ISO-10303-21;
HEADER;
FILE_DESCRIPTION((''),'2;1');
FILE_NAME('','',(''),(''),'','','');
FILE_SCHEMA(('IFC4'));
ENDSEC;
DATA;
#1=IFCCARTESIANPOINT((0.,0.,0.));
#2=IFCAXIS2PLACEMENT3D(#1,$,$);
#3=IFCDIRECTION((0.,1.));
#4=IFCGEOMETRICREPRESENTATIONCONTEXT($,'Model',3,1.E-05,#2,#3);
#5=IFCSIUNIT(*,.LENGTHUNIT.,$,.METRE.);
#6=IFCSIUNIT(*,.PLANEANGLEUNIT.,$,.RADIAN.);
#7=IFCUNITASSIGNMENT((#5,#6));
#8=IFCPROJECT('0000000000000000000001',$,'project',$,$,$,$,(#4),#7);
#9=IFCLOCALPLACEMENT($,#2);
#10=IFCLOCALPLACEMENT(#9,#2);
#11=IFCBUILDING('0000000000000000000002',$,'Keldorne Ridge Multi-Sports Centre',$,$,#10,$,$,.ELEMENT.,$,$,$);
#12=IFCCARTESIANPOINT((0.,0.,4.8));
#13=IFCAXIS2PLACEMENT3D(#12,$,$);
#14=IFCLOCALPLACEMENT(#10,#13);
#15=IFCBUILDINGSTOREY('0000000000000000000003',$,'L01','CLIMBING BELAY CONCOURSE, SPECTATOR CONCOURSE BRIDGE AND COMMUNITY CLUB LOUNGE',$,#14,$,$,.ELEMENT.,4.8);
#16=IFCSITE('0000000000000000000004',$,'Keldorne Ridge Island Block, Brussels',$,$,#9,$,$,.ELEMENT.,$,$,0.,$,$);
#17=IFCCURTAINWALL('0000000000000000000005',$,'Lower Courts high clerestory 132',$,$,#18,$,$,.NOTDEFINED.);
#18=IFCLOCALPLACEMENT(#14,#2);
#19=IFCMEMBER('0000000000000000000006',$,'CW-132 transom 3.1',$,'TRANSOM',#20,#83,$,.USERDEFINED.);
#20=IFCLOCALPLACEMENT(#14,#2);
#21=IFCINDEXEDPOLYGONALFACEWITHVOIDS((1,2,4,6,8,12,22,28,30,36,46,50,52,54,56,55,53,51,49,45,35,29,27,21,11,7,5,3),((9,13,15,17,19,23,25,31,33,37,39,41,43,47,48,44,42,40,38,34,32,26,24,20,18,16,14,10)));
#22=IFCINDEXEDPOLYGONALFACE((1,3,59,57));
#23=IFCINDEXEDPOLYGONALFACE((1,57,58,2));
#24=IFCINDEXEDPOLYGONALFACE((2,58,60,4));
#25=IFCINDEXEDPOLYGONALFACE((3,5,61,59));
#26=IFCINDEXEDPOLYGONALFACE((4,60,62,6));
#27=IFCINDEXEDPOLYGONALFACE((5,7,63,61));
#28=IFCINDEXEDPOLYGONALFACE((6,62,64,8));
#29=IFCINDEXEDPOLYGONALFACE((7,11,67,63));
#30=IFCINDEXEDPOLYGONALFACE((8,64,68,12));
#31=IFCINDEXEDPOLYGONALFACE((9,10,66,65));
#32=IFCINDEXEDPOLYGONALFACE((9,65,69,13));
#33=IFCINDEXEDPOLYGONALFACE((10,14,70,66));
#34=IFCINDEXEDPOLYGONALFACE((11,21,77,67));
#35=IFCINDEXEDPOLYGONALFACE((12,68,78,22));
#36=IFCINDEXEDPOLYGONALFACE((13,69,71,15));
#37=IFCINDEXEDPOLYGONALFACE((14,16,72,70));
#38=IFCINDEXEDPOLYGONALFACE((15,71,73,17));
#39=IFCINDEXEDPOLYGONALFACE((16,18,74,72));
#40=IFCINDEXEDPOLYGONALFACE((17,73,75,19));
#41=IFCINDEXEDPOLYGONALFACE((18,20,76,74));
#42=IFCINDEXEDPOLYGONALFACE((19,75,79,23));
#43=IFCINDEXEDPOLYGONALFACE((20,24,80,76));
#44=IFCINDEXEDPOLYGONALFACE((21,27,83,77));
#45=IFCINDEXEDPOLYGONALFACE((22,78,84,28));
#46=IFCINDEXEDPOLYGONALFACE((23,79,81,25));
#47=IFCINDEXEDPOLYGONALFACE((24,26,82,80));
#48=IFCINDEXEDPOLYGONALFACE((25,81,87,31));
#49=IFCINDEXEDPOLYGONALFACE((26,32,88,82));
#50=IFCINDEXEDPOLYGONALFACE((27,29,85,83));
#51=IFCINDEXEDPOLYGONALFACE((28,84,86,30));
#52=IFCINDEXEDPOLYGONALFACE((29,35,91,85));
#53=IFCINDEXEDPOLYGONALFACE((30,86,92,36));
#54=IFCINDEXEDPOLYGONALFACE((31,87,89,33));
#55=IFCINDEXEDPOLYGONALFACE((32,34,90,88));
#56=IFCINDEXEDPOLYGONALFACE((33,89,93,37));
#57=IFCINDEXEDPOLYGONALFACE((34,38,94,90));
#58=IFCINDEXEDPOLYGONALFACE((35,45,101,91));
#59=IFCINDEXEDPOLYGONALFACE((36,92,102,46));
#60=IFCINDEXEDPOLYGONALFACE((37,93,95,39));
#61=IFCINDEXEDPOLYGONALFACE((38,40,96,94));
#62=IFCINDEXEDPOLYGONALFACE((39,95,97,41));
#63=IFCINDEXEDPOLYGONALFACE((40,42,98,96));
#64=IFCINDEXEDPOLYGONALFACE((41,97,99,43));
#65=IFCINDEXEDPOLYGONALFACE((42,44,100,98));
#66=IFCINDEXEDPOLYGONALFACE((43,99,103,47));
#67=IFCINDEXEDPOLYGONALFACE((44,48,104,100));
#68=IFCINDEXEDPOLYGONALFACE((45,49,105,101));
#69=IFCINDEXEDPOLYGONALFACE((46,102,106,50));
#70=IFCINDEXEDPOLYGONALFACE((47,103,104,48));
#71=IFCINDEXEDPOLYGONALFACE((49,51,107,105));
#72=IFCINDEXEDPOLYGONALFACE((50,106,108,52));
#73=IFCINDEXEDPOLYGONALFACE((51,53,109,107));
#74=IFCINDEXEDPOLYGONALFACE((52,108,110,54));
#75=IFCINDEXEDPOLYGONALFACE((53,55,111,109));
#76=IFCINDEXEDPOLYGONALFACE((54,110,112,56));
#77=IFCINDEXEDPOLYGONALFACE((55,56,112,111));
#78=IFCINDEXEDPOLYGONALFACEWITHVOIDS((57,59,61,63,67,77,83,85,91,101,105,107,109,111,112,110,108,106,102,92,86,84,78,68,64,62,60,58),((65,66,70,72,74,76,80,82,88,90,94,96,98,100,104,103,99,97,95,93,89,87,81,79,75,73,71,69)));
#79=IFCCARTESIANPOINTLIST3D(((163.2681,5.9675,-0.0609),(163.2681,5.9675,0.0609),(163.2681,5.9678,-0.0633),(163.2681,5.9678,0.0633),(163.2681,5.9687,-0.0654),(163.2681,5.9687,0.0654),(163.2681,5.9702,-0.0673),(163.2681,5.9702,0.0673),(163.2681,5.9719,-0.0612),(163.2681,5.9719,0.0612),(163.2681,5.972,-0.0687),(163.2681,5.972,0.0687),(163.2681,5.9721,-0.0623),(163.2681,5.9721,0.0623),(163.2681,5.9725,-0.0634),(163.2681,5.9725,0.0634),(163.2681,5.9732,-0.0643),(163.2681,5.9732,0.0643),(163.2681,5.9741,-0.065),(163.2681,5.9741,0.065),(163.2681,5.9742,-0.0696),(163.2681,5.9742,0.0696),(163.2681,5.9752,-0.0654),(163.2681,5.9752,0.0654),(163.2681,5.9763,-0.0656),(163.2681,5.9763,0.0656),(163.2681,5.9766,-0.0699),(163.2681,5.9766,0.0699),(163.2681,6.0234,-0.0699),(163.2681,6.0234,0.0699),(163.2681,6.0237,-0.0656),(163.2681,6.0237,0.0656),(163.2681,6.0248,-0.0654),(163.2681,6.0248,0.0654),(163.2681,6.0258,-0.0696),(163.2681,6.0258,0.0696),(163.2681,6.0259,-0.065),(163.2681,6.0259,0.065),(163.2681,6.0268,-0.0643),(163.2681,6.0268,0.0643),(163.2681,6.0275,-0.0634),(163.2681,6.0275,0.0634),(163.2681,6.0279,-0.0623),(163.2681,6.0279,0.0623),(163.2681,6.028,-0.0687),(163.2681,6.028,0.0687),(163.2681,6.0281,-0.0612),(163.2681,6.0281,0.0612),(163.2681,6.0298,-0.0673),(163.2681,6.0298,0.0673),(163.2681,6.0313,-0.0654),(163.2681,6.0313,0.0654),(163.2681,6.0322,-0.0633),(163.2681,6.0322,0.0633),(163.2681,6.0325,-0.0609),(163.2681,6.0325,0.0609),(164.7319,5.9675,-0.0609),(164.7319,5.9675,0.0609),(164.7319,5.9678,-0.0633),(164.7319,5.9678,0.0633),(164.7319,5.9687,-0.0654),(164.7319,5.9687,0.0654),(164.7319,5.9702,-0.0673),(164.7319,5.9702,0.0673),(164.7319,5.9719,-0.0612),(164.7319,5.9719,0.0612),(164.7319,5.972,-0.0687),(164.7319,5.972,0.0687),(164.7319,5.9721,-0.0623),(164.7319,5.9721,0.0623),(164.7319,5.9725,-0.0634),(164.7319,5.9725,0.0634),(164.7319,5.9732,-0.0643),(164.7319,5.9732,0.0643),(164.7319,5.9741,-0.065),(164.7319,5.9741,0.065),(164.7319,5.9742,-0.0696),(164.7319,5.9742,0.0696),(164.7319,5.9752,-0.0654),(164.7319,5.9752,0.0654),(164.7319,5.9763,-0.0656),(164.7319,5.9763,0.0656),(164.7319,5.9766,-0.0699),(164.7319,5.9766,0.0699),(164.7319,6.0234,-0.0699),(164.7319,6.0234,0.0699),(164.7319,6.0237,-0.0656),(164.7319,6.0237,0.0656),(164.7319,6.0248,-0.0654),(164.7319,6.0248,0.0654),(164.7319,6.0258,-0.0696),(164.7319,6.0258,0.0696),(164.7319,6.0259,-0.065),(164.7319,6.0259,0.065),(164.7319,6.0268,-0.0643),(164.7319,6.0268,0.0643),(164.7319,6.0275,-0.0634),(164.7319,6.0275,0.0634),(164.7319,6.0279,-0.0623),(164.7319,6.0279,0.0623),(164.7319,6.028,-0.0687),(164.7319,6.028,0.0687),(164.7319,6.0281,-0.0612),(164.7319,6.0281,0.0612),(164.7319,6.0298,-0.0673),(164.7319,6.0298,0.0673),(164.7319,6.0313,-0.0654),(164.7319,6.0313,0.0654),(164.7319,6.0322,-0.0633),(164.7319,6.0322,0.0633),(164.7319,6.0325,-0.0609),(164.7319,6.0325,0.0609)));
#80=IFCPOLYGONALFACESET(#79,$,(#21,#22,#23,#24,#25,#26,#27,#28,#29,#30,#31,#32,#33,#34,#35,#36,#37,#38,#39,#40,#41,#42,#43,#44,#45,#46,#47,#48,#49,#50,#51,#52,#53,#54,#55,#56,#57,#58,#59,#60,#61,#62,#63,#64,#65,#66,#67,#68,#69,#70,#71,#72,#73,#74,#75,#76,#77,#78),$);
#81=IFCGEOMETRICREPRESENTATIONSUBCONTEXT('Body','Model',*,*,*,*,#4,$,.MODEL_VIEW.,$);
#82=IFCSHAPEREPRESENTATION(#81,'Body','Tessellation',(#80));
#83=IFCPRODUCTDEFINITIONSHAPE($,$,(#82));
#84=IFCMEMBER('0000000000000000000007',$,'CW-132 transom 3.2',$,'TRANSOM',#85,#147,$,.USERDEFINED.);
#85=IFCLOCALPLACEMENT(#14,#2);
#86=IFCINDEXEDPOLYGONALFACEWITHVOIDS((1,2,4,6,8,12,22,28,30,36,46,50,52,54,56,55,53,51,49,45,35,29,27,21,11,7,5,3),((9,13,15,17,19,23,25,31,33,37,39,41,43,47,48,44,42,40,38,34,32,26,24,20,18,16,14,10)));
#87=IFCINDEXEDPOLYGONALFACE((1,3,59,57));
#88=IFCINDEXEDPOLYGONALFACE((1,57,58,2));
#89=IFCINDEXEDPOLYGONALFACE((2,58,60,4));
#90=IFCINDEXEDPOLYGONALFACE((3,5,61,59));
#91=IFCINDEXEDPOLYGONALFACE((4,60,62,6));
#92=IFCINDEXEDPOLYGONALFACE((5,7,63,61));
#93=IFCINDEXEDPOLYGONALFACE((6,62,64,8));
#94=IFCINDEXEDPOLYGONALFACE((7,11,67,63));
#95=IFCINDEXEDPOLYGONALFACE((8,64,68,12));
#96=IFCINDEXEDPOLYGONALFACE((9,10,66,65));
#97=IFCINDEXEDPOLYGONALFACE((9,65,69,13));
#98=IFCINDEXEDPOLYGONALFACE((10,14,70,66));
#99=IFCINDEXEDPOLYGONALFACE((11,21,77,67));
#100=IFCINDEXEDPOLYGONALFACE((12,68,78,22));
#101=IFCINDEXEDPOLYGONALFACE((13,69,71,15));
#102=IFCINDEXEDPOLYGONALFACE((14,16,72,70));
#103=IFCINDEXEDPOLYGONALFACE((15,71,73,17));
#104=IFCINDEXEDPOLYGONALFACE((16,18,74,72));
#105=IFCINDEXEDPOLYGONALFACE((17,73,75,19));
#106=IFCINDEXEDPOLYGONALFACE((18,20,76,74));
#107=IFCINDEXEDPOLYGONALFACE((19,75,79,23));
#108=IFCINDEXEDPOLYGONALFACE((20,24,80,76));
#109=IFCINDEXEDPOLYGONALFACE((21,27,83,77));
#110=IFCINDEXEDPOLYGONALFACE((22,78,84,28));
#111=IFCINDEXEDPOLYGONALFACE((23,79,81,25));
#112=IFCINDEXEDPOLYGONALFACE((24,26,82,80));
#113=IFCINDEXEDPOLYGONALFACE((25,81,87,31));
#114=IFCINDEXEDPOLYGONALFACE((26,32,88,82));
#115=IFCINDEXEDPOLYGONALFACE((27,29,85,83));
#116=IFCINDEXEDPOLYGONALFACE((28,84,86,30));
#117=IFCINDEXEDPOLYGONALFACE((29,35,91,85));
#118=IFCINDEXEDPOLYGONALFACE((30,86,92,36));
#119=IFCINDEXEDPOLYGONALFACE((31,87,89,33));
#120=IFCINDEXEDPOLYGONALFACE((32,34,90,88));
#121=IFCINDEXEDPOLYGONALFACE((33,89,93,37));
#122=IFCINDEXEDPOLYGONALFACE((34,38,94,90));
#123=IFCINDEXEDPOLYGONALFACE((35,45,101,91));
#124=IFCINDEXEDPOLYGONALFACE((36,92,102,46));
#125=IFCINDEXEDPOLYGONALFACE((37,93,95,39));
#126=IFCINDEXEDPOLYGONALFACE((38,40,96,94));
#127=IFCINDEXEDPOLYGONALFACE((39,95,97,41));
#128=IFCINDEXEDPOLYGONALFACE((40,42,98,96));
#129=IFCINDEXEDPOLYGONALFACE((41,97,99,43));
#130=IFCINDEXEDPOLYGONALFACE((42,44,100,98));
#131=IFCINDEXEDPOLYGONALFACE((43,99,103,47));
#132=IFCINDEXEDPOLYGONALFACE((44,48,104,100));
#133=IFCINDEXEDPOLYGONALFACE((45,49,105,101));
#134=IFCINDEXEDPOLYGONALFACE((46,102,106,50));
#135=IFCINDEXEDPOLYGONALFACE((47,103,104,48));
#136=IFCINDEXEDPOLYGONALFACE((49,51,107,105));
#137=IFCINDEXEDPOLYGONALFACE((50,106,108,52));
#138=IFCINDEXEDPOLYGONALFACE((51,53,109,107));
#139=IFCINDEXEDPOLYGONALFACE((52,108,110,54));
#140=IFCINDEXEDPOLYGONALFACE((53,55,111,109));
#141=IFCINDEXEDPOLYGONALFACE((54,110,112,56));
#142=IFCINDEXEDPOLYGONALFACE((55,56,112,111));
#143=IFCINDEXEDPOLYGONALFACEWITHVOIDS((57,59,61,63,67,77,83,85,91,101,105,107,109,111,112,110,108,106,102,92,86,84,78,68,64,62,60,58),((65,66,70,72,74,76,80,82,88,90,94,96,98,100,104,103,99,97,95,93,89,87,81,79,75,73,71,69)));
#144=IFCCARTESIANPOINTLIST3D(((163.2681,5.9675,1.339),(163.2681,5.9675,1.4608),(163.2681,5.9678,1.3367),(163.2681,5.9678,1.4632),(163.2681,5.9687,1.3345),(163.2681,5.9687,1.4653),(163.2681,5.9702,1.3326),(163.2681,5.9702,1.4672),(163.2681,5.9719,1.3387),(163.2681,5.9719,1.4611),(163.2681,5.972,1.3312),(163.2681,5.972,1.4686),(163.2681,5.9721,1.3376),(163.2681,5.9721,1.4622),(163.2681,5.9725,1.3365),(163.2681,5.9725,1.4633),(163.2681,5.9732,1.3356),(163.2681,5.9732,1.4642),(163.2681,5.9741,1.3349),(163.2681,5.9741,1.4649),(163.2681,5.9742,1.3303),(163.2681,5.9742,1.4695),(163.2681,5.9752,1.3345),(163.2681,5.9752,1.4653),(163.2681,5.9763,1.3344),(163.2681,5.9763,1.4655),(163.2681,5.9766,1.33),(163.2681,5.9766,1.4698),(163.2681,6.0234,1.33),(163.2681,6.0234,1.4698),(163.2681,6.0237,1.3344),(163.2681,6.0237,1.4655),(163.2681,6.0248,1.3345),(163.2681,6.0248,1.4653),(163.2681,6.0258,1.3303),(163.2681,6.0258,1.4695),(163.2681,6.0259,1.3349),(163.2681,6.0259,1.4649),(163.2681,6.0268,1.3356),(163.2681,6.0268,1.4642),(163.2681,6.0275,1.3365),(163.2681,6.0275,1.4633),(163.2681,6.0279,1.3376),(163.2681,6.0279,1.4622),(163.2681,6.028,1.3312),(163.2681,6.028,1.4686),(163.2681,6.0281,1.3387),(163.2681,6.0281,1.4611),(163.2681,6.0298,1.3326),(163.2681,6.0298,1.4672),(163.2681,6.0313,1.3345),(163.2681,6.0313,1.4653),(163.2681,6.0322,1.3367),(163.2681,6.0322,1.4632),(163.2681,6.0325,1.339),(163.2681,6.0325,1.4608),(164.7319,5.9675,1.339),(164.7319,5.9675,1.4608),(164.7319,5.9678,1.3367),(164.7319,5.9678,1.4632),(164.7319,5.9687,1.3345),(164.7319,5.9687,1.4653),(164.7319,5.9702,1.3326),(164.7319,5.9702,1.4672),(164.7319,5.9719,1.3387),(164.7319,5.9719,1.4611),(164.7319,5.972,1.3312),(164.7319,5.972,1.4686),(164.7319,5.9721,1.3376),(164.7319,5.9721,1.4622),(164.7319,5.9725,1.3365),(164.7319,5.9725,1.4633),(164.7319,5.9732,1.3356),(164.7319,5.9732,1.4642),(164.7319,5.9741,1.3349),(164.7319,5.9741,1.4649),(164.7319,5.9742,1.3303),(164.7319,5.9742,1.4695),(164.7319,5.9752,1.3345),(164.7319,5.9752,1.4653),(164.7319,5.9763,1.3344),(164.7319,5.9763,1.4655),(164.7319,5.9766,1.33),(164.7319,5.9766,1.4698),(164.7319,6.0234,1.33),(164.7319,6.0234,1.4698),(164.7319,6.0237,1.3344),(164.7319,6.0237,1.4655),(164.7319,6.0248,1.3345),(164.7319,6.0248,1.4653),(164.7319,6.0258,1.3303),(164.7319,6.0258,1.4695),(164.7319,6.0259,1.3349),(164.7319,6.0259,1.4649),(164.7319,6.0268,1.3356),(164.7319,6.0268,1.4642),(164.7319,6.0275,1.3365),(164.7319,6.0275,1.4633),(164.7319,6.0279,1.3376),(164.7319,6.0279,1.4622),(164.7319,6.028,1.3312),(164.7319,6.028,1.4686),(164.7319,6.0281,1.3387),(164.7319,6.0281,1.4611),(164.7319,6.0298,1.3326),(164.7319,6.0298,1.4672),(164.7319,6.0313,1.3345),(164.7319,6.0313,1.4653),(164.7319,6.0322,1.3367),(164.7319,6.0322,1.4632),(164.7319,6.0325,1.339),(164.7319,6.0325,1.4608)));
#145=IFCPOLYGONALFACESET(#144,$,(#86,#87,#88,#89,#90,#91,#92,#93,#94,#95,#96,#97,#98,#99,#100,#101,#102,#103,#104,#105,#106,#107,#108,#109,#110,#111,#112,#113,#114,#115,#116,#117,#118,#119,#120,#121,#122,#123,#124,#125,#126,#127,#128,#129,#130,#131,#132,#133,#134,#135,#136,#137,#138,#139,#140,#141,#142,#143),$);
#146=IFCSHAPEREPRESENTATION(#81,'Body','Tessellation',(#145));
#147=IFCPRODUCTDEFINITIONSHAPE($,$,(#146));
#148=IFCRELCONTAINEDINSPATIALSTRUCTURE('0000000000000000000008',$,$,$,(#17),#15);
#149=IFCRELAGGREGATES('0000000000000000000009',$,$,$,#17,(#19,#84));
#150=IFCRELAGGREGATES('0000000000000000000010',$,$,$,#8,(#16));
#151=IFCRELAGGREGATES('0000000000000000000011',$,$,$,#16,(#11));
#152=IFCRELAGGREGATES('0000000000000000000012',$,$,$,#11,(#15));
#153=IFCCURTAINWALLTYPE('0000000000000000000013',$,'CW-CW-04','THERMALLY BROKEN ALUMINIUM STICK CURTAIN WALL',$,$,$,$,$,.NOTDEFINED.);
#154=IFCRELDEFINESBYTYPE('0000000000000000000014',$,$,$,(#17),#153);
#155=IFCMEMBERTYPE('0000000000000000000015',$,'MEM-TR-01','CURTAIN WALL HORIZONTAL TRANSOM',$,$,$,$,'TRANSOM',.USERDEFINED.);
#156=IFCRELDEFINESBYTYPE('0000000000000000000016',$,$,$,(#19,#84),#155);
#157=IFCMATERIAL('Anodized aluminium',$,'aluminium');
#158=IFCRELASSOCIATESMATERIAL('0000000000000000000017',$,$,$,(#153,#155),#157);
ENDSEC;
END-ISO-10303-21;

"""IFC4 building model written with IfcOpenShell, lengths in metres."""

from ifc_helpers import new_model, si_unit, direction, frame, origin, origin_2d, place, context, subcontext, project, spatial, hollow_rectangle, extrude, material, material_profile, profile_set, type_object, element, aggregate, save


model = new_model("IFC4")

# Units and contexts
model_context = context("Model", 3, precision=1e-05, world=origin(), true_north=direction((0.0, 1.0)))
body_context = subcontext(model_context, "Body", "Model", "MODEL_VIEW")
ifc_project = project(units=[si_unit("LENGTHUNIT", "METRE"), si_unit("PLANEANGLEUNIT", "RADIAN")], contexts=[model_context])

# Site, building, storey
site_placement = place(None, origin())
site = spatial("IfcSite", under=ifc_project, at=site_placement, Name="Keldorne Ridge Island Block, Brussels", CompositionType="ELEMENT", RefElevation=0.0)
building_placement = place(site_placement, origin())
building = spatial("IfcBuilding", under=site, at=building_placement, Name="Keldorne Ridge Multi-Sports Centre", CompositionType="ELEMENT")
storey_placement = place(building_placement, frame((0.0, 0.0, 4.8)))
storey = spatial("IfcBuildingStorey", under=building, at=storey_placement, Name="L01", Description="CLIMBING BELAY CONCOURSE, SPECTATOR CONCOURSE BRIDGE AND COMMUNITY CLUB LOUNGE", CompositionType="ELEMENT", Elevation=4.8)

# Curtain wall, members
ifc_material_1 = material(Name="Anodized aluminium", Category="aluminium")
curtain_wall_type = type_object("IfcCurtainWallType", Name="CW-CW-04", Description="THERMALLY BROKEN ALUMINIUM STICK CURTAIN WALL", PredefinedType="NOTDEFINED", material=ifc_material_1)
curtain_wall_placement = place(storey_placement, origin())
curtain_wall = element("IfcCurtainWall", 1, at=curtain_wall_placement, inside=storey, type_object=curtain_wall_type, Name="Lower Courts high clerestory 132", PredefinedType="NOTDEFINED")
ifc_material_profile_1 = material_profile(ifc_material_1, hollow_rectangle(XDim=0.0649, YDim=0.1399, WallThickness=0.0044, InnerFilletRadius=0.0044, OuterFilletRadius=0.009, at=origin_2d()), Name="ALU TRANSOM 140x65x4.5")
ifc_profile_set_1 = profile_set([ifc_material_profile_1], Name="Anodized aluminium")
member_type_1 = type_object("IfcMemberType", Name="MEM-TR-01", Description="CURTAIN WALL HORIZONTAL TRANSOM", ElementType="TRANSOM", PredefinedType="USERDEFINED", material=ifc_profile_set_1)
member_1_placement = place(storey_placement, frame((163.2681, 6.0, 0.0), z_axis=(1.0, 0.0, 0.0), x_axis=(0.0, 1.0, 0.0)))
member_1 = element("IfcMember", 2, at=member_1_placement, type_object=member_type_1, Name="CW-132 transom 3.1", ObjectType="TRANSOM", PredefinedType="USERDEFINED", context=body_context, shape_type="SweptSolid", body=[
    extrude(hollow_rectangle(XDim=0.0649, YDim=0.1399, WallThickness=0.0044, InnerFilletRadius=0.0044, OuterFilletRadius=0.009, at=origin_2d()), origin(), (0.0, 0.0, 1.0), 1.4639),
])
member_2_placement = place(storey_placement, frame((163.2681, 6.0, 1.3999), z_axis=(1.0, 0.0, 0.0), x_axis=(0.0, 1.0, 0.0)))
member_2 = element("IfcMember", 3, at=member_2_placement, type_object=member_type_1, Name="CW-132 transom 3.2", ObjectType="TRANSOM", PredefinedType="USERDEFINED", context=body_context, shape_type="SweptSolid", body=[
    extrude(hollow_rectangle(XDim=0.0649, YDim=0.1399, WallThickness=0.0044, InnerFilletRadius=0.0044, OuterFilletRadius=0.009, at=origin_2d()), origin(), (0.0, 0.0, 1.0), 1.4639),
])
aggregate(curtain_wall, [member_1, member_2])

save(model, "model.ifc")
